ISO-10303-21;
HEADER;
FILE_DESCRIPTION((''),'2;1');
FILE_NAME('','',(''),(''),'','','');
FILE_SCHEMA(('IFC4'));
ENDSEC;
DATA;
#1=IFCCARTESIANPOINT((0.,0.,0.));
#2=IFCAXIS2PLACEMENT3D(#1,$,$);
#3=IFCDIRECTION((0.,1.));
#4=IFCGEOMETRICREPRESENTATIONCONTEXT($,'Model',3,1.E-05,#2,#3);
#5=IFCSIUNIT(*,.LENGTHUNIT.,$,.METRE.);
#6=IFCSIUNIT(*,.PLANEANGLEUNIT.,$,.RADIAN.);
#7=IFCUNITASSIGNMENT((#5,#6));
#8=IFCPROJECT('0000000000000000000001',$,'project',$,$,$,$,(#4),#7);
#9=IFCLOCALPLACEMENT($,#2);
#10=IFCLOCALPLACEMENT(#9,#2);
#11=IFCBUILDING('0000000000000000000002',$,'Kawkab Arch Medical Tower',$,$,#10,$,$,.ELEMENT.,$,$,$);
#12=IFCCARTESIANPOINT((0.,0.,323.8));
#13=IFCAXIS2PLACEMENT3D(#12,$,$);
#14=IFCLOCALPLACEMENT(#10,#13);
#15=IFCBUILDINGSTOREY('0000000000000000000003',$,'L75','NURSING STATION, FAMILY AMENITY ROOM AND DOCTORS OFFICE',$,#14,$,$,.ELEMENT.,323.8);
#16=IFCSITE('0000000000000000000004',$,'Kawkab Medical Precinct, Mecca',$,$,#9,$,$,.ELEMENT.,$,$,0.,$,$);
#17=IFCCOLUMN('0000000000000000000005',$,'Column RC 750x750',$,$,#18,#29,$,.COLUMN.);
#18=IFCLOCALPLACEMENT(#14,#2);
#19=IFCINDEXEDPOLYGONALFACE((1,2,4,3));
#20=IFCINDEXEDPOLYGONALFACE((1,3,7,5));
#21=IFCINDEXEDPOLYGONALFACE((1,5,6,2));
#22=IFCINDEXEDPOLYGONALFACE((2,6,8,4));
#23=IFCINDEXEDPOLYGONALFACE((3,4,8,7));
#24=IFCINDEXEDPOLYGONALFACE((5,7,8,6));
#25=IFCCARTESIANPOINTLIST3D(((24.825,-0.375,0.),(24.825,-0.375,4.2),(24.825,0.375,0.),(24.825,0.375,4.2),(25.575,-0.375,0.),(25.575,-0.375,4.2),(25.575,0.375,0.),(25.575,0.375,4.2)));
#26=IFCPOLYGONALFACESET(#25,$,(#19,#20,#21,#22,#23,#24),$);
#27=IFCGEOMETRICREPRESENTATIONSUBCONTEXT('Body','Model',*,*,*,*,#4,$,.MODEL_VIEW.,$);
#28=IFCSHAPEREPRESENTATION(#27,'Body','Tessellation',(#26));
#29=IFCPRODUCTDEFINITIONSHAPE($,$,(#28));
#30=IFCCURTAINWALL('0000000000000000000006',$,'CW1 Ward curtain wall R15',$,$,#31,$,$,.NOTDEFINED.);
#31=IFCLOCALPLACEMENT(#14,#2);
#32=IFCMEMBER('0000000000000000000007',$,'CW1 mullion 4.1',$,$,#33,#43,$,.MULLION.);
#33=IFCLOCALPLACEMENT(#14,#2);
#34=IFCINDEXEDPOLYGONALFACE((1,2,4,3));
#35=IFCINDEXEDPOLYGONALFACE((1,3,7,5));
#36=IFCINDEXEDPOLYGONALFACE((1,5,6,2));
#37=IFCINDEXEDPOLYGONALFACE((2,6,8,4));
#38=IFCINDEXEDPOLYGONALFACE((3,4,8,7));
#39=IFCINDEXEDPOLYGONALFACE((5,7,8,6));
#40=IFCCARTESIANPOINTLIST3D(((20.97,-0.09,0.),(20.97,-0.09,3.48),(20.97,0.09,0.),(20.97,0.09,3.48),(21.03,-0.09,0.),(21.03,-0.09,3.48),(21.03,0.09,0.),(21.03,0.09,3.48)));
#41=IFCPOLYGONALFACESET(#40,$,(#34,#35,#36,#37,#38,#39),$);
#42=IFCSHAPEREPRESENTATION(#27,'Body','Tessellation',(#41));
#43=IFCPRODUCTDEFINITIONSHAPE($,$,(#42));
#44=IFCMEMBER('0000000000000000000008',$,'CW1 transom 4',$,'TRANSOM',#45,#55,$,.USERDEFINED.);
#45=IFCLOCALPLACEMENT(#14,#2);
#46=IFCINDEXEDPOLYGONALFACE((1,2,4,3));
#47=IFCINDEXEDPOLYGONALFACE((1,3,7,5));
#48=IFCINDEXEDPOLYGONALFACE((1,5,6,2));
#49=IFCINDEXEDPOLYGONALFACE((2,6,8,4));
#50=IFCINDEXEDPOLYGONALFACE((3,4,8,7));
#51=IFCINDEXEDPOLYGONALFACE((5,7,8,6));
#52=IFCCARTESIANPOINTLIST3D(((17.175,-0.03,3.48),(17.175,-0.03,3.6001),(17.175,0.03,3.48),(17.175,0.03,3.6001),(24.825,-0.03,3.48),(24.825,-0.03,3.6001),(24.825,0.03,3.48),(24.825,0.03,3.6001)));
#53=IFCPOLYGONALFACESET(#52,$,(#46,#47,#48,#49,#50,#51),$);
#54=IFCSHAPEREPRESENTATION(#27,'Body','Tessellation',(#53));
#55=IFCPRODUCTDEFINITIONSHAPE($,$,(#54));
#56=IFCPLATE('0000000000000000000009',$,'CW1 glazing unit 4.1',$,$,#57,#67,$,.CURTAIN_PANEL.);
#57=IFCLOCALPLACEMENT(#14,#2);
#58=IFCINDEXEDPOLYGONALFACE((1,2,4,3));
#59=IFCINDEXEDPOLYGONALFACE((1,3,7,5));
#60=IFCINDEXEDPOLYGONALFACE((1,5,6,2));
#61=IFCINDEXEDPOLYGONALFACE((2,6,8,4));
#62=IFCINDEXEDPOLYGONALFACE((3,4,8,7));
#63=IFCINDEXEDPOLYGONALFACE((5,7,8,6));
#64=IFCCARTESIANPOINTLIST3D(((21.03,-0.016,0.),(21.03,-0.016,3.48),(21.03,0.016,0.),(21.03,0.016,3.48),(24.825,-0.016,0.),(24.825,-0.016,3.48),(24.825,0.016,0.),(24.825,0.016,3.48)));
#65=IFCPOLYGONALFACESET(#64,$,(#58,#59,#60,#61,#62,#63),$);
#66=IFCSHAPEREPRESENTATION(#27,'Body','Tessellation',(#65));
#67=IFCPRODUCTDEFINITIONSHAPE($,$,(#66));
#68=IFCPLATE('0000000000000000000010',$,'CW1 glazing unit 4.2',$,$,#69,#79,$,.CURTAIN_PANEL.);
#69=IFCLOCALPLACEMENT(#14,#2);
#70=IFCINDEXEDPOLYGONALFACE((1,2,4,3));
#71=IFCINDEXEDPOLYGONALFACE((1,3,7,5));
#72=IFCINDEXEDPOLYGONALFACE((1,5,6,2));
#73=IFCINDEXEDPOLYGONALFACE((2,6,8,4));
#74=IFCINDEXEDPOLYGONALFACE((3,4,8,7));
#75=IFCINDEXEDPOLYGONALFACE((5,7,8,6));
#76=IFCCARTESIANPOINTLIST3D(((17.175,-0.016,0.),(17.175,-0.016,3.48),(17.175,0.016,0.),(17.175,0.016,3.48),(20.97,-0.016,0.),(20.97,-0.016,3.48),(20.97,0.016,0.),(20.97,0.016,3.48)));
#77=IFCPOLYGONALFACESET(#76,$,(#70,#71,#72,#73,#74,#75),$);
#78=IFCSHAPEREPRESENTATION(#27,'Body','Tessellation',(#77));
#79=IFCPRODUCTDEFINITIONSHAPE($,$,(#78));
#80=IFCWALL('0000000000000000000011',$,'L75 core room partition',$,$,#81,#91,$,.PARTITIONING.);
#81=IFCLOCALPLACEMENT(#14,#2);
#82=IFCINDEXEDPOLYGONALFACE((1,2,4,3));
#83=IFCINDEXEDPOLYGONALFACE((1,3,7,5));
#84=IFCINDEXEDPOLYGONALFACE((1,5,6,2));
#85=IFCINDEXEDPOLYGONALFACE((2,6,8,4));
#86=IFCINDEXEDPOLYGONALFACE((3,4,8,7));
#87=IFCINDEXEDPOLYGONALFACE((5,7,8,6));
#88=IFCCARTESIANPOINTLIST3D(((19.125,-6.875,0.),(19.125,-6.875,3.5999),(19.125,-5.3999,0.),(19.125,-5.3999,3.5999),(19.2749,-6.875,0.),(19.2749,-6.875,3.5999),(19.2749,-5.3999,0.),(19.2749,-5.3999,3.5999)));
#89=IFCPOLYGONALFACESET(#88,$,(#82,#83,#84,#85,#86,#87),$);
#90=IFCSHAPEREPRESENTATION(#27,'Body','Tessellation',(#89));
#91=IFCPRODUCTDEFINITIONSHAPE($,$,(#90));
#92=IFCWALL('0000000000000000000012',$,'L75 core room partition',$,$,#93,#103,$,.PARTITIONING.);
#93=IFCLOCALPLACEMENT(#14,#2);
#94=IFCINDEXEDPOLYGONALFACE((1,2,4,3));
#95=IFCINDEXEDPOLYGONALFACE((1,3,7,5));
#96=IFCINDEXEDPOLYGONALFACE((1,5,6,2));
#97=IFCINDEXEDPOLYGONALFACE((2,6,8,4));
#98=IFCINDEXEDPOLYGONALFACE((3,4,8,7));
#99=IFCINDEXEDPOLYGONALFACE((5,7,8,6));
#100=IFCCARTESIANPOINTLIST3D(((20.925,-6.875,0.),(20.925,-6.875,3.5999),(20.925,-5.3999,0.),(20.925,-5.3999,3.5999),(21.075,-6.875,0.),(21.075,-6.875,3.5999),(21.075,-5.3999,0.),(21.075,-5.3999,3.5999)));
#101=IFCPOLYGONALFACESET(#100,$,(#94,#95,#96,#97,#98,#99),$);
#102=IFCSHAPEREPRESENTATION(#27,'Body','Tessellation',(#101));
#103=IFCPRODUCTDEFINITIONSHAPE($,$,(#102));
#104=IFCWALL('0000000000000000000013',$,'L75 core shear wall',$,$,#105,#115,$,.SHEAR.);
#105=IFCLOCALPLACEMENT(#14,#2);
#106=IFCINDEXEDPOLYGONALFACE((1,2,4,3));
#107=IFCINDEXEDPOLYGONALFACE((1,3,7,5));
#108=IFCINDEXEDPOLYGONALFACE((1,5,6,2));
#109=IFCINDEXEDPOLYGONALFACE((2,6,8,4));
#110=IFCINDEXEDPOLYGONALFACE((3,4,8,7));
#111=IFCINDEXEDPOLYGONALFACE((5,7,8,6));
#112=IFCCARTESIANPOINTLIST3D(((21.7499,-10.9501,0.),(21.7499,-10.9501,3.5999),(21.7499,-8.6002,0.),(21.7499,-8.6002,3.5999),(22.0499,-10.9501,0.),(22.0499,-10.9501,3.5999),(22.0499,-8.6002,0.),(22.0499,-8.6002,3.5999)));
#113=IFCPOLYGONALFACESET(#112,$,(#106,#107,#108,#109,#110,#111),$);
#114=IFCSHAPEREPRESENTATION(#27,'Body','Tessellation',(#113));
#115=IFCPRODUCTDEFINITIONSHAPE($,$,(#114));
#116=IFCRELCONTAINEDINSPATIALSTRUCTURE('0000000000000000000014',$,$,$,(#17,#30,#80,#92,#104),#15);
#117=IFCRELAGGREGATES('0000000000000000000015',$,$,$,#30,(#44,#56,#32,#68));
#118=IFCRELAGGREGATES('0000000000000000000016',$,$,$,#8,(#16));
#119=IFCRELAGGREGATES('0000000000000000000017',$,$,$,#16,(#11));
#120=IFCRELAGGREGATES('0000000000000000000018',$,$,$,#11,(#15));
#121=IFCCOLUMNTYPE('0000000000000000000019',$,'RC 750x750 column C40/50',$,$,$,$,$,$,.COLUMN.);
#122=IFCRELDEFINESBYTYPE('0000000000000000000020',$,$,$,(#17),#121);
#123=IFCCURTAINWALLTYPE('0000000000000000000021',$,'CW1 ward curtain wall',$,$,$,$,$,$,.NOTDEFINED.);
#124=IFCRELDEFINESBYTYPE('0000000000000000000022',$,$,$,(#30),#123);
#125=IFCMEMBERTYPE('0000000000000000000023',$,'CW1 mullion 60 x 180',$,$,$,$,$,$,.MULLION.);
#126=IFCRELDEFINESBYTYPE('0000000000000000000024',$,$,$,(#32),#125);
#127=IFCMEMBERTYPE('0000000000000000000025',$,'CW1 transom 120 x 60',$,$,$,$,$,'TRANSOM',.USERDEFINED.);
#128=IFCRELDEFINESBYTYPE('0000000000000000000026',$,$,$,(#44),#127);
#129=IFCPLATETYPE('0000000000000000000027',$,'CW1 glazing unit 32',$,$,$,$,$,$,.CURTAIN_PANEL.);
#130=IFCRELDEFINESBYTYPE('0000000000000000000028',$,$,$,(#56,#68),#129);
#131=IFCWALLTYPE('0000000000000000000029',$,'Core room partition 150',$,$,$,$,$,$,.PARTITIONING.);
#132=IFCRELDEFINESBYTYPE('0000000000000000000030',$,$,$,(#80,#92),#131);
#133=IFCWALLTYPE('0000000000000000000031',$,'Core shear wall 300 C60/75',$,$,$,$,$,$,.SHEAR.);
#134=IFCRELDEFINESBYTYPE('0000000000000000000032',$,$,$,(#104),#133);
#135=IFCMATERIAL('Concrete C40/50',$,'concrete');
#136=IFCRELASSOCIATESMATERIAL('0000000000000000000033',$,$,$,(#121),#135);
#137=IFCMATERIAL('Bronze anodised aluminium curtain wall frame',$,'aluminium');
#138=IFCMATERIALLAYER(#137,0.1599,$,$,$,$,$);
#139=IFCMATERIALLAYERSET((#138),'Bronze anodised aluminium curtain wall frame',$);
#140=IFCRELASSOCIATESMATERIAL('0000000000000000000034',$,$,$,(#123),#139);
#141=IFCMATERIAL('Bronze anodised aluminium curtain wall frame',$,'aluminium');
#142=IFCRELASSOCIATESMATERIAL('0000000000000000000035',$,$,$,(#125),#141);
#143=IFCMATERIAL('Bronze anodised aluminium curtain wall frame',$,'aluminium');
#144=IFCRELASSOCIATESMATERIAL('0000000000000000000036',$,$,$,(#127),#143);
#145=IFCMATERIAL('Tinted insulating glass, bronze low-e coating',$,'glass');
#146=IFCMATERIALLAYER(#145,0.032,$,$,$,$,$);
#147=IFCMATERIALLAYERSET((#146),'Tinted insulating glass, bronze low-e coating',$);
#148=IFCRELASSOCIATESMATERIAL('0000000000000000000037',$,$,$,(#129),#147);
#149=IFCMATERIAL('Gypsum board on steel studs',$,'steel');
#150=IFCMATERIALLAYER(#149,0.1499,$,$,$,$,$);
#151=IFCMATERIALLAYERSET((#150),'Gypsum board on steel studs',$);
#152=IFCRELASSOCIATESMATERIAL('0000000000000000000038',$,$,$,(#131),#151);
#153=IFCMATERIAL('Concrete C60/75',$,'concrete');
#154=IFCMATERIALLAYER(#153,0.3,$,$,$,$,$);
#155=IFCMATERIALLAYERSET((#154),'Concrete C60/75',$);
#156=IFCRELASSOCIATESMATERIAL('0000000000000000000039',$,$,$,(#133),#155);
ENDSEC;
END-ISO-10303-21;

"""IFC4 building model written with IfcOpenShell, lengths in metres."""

from ifc_helpers import new_model, si_unit, direction, frame, frame_2d, origin, origin_2d, place, context, subcontext, project, spatial, rectangle, extrude, material, layer, layer_set, material_profile, profile_set, type_object, element, aggregate, save


model = new_model("IFC4")

# Units and contexts
model_context = context("Model", 3, precision=1e-05, world=origin(), true_north=direction((0.0, 1.0)))
body_context = subcontext(model_context, "Body", "Model", "MODEL_VIEW")
ifc_project = project(units=[si_unit("LENGTHUNIT", "METRE"), si_unit("PLANEANGLEUNIT", "RADIAN")], contexts=[model_context])

# Site, building, storey
site_placement = place(None, origin())
site = spatial("IfcSite", under=ifc_project, at=site_placement, Name="Kawkab Medical Precinct, Mecca", CompositionType="ELEMENT", RefElevation=0.0)
building_placement = place(site_placement, origin())
building = spatial("IfcBuilding", under=site, at=building_placement, Name="Kawkab Arch Medical Tower", CompositionType="ELEMENT")
storey_placement = place(building_placement, frame((0.0, 0.0, 323.8)))
storey = spatial("IfcBuildingStorey", under=building, at=storey_placement, Name="L75", Description="NURSING STATION, FAMILY AMENITY ROOM AND DOCTORS OFFICE", CompositionType="ELEMENT", Elevation=323.8)

# Column
ifc_material_1 = material(Name="Concrete C40/50", Category="concrete")
ifc_material_profile_1 = material_profile(ifc_material_1, rectangle(XDim=0.75, YDim=0.75, at=origin_2d()), Name="RC 750x750")
ifc_profile_set_1 = profile_set([ifc_material_profile_1], Name="Concrete C40/50")
column_type = type_object("IfcColumnType", Name="RC 750x750 column C40/50", PredefinedType="COLUMN", material=ifc_profile_set_1)
column_placement = place(storey_placement, frame((25.2, 0.0, 0.0), z_axis=(0.0, 0.0, 1.0), x_axis=(1.0, 0.0, 0.0)))
element("IfcColumn", 1, at=column_placement, inside=storey, type_object=column_type, Name="Column RC 750x750", PredefinedType="COLUMN", context=body_context, shape_type="SweptSolid", body=[
    extrude(rectangle(XDim=0.75, YDim=0.75, at=origin_2d()), origin(), (0.0, 0.0, 1.0), 4.2),
])

# Curtain wall, members, plates
ifc_material_2 = material(Name="Bronze anodised aluminium curtain wall frame", Category="aluminium")
ifc_layer_1 = layer(ifc_material_2, 0.1599)
ifc_layer_set_1 = layer_set([ifc_layer_1], Name="Bronze anodised aluminium curtain wall frame")
curtain_wall_type = type_object("IfcCurtainWallType", Name="CW1 ward curtain wall", PredefinedType="NOTDEFINED", material=ifc_layer_set_1)
placement = place(storey_placement, origin())
curtain_wall = element("IfcCurtainWall", 2, at=placement, inside=storey, type_object=curtain_wall_type, Name="CW1 Ward curtain wall R15", PredefinedType="NOTDEFINED")
ifc_material_3 = material(Name="Bronze anodised aluminium curtain wall frame", Category="aluminium")
ifc_material_profile_2 = material_profile(ifc_material_3, rectangle(XDim=0.1799, YDim=0.0601, at=origin_2d()), Name="AL 60x180")
ifc_profile_set_2 = profile_set([ifc_material_profile_2], Name="Bronze anodised aluminium curtain wall frame")
member_type_1 = type_object("IfcMemberType", Name="CW1 mullion 60 x 180", PredefinedType="MULLION", material=ifc_profile_set_2)
member_1_placement = place(storey_placement, frame((21.0, 0.0, 0.0), z_axis=(0.0, 0.0, 1.0), x_axis=(0.0, -1.0, 0.0)))
member_1 = element("IfcMember", 3, at=member_1_placement, type_object=member_type_1, Name="CW1 mullion 4.1", PredefinedType="MULLION", context=body_context, shape_type="SweptSolid", body=[
    extrude(rectangle(XDim=0.1799, YDim=0.0601, at=origin_2d()), origin(), (0.0, 0.0, 1.0), 3.48),
])
ifc_material_4 = material(Name="Bronze anodised aluminium curtain wall frame", Category="aluminium")
ifc_material_profile_3 = material_profile(ifc_material_4, rectangle(XDim=0.0601, YDim=0.1201, at=origin_2d()), Name="AL 60x120")
ifc_profile_set_3 = profile_set([ifc_material_profile_3], Name="Bronze anodised aluminium curtain wall frame")
member_type_2 = type_object("IfcMemberType", Name="CW1 transom 120 x 60", ElementType="TRANSOM", PredefinedType="USERDEFINED", material=ifc_profile_set_3)
member_2_placement = place(storey_placement, frame((24.825, 0.0, 3.54), z_axis=(-1.0, 0.0, 0.0), x_axis=(0.0, -1.0, 0.0)))
member_2 = element("IfcMember", 4, at=member_2_placement, type_object=member_type_2, Name="CW1 transom 4", ObjectType="TRANSOM", PredefinedType="USERDEFINED", context=body_context, shape_type="SweptSolid", body=[
    extrude(rectangle(XDim=0.0601, YDim=0.1201, at=origin_2d()), origin(), (0.0, 0.0, 1.0), 7.6499),
])
ifc_material_5 = material(Name="Tinted insulating glass, bronze low-e coating", Category="glass")
ifc_layer_2 = layer(ifc_material_5, 0.032)
ifc_layer_set_2 = layer_set([ifc_layer_2], Name="Tinted insulating glass, bronze low-e coating")
plate_type = type_object("IfcPlateType", Name="CW1 glazing unit 32", PredefinedType="CURTAIN_PANEL", material=ifc_layer_set_2)
plate_1_placement = place(storey_placement, frame((22.9275, 0.0, 0.0), z_axis=(0.0, 0.0, 1.0), x_axis=(-1.0, 0.0, 0.0)))
plate_1 = element("IfcPlate", 5, at=plate_1_placement, type_object=plate_type, Name="CW1 glazing unit 4.1", PredefinedType="CURTAIN_PANEL", context=body_context, shape_type="SweptSolid", body=[
    extrude(rectangle(XDim=3.7949, YDim=0.032, at=origin_2d()), origin(), (0.0, 0.0, 1.0), 3.48),
])
plate_2_placement = place(storey_placement, frame((19.0725, 0.0, 0.0), z_axis=(0.0, 0.0, 1.0), x_axis=(-1.0, 0.0, 0.0)))
plate_2 = element("IfcPlate", 6, at=plate_2_placement, type_object=plate_type, Name="CW1 glazing unit 4.2", PredefinedType="CURTAIN_PANEL", context=body_context, shape_type="SweptSolid", body=[
    extrude(rectangle(XDim=3.7949, YDim=0.032, at=origin_2d()), origin(), (0.0, 0.0, 1.0), 3.48),
])
aggregate(curtain_wall, [member_2, plate_1, member_1, plate_2])

# Walls
ifc_material_6 = material(Name="Gypsum board on steel studs", Category="steel")
ifc_layer_3 = layer(ifc_material_6, 0.1499)
ifc_layer_set_3 = layer_set([ifc_layer_3], Name="Gypsum board on steel studs")
wall_type_1 = type_object("IfcWallType", Name="Core room partition 150", PredefinedType="PARTITIONING", material=ifc_layer_set_3)
for number, where, z_axis, x_axis, name in (
    (7, (19.2, -6.875, 0.0), (0.0, 0.0, 1.0), (0.0, 1.0, 0.0), "L75 core room partition"),
    (8, (21.0, -6.875, 0.0), (0.0, 0.0, 1.0), (0.0, 1.0, 0.0), "L75 core room partition"),
):
    element("IfcWall", number, at=place(storey_placement, frame(where, z_axis=z_axis, x_axis=x_axis)), inside=storey, type_object=wall_type_1, Name=name, PredefinedType="PARTITIONING", context=body_context, shape_type="SweptSolid", body=[
        extrude(rectangle(XDim=1.4751, YDim=0.1499, at=frame_2d((0.7375, 0.0))), origin(), (0.0, 0.0, 1.0), 3.5999),
    ])
ifc_material_7 = material(Name="Concrete C60/75", Category="concrete")
ifc_layer_4 = layer(ifc_material_7, 0.3)
ifc_layer_set_4 = layer_set([ifc_layer_4], Name="Concrete C60/75")
wall_type_2 = type_object("IfcWallType", Name="Core shear wall 300 C60/75", PredefinedType="SHEAR", material=ifc_layer_set_4)
wall_1_placement = place(storey_placement, frame((21.8999, -10.95, 0.0), z_axis=(0.0, 0.0, 1.0), x_axis=(0.0, 1.0, 0.0)))
element("IfcWall", 9, at=wall_1_placement, inside=storey, type_object=wall_type_2, Name="L75 core shear wall", PredefinedType="SHEAR", context=body_context, shape_type="SweptSolid", body=[
    extrude(rectangle(XDim=2.3499, YDim=0.3, at=frame_2d((1.1748, 0.0))), origin(), (0.0, 0.0, 1.0), 3.5999),
])

save(model, "model.ifc")
